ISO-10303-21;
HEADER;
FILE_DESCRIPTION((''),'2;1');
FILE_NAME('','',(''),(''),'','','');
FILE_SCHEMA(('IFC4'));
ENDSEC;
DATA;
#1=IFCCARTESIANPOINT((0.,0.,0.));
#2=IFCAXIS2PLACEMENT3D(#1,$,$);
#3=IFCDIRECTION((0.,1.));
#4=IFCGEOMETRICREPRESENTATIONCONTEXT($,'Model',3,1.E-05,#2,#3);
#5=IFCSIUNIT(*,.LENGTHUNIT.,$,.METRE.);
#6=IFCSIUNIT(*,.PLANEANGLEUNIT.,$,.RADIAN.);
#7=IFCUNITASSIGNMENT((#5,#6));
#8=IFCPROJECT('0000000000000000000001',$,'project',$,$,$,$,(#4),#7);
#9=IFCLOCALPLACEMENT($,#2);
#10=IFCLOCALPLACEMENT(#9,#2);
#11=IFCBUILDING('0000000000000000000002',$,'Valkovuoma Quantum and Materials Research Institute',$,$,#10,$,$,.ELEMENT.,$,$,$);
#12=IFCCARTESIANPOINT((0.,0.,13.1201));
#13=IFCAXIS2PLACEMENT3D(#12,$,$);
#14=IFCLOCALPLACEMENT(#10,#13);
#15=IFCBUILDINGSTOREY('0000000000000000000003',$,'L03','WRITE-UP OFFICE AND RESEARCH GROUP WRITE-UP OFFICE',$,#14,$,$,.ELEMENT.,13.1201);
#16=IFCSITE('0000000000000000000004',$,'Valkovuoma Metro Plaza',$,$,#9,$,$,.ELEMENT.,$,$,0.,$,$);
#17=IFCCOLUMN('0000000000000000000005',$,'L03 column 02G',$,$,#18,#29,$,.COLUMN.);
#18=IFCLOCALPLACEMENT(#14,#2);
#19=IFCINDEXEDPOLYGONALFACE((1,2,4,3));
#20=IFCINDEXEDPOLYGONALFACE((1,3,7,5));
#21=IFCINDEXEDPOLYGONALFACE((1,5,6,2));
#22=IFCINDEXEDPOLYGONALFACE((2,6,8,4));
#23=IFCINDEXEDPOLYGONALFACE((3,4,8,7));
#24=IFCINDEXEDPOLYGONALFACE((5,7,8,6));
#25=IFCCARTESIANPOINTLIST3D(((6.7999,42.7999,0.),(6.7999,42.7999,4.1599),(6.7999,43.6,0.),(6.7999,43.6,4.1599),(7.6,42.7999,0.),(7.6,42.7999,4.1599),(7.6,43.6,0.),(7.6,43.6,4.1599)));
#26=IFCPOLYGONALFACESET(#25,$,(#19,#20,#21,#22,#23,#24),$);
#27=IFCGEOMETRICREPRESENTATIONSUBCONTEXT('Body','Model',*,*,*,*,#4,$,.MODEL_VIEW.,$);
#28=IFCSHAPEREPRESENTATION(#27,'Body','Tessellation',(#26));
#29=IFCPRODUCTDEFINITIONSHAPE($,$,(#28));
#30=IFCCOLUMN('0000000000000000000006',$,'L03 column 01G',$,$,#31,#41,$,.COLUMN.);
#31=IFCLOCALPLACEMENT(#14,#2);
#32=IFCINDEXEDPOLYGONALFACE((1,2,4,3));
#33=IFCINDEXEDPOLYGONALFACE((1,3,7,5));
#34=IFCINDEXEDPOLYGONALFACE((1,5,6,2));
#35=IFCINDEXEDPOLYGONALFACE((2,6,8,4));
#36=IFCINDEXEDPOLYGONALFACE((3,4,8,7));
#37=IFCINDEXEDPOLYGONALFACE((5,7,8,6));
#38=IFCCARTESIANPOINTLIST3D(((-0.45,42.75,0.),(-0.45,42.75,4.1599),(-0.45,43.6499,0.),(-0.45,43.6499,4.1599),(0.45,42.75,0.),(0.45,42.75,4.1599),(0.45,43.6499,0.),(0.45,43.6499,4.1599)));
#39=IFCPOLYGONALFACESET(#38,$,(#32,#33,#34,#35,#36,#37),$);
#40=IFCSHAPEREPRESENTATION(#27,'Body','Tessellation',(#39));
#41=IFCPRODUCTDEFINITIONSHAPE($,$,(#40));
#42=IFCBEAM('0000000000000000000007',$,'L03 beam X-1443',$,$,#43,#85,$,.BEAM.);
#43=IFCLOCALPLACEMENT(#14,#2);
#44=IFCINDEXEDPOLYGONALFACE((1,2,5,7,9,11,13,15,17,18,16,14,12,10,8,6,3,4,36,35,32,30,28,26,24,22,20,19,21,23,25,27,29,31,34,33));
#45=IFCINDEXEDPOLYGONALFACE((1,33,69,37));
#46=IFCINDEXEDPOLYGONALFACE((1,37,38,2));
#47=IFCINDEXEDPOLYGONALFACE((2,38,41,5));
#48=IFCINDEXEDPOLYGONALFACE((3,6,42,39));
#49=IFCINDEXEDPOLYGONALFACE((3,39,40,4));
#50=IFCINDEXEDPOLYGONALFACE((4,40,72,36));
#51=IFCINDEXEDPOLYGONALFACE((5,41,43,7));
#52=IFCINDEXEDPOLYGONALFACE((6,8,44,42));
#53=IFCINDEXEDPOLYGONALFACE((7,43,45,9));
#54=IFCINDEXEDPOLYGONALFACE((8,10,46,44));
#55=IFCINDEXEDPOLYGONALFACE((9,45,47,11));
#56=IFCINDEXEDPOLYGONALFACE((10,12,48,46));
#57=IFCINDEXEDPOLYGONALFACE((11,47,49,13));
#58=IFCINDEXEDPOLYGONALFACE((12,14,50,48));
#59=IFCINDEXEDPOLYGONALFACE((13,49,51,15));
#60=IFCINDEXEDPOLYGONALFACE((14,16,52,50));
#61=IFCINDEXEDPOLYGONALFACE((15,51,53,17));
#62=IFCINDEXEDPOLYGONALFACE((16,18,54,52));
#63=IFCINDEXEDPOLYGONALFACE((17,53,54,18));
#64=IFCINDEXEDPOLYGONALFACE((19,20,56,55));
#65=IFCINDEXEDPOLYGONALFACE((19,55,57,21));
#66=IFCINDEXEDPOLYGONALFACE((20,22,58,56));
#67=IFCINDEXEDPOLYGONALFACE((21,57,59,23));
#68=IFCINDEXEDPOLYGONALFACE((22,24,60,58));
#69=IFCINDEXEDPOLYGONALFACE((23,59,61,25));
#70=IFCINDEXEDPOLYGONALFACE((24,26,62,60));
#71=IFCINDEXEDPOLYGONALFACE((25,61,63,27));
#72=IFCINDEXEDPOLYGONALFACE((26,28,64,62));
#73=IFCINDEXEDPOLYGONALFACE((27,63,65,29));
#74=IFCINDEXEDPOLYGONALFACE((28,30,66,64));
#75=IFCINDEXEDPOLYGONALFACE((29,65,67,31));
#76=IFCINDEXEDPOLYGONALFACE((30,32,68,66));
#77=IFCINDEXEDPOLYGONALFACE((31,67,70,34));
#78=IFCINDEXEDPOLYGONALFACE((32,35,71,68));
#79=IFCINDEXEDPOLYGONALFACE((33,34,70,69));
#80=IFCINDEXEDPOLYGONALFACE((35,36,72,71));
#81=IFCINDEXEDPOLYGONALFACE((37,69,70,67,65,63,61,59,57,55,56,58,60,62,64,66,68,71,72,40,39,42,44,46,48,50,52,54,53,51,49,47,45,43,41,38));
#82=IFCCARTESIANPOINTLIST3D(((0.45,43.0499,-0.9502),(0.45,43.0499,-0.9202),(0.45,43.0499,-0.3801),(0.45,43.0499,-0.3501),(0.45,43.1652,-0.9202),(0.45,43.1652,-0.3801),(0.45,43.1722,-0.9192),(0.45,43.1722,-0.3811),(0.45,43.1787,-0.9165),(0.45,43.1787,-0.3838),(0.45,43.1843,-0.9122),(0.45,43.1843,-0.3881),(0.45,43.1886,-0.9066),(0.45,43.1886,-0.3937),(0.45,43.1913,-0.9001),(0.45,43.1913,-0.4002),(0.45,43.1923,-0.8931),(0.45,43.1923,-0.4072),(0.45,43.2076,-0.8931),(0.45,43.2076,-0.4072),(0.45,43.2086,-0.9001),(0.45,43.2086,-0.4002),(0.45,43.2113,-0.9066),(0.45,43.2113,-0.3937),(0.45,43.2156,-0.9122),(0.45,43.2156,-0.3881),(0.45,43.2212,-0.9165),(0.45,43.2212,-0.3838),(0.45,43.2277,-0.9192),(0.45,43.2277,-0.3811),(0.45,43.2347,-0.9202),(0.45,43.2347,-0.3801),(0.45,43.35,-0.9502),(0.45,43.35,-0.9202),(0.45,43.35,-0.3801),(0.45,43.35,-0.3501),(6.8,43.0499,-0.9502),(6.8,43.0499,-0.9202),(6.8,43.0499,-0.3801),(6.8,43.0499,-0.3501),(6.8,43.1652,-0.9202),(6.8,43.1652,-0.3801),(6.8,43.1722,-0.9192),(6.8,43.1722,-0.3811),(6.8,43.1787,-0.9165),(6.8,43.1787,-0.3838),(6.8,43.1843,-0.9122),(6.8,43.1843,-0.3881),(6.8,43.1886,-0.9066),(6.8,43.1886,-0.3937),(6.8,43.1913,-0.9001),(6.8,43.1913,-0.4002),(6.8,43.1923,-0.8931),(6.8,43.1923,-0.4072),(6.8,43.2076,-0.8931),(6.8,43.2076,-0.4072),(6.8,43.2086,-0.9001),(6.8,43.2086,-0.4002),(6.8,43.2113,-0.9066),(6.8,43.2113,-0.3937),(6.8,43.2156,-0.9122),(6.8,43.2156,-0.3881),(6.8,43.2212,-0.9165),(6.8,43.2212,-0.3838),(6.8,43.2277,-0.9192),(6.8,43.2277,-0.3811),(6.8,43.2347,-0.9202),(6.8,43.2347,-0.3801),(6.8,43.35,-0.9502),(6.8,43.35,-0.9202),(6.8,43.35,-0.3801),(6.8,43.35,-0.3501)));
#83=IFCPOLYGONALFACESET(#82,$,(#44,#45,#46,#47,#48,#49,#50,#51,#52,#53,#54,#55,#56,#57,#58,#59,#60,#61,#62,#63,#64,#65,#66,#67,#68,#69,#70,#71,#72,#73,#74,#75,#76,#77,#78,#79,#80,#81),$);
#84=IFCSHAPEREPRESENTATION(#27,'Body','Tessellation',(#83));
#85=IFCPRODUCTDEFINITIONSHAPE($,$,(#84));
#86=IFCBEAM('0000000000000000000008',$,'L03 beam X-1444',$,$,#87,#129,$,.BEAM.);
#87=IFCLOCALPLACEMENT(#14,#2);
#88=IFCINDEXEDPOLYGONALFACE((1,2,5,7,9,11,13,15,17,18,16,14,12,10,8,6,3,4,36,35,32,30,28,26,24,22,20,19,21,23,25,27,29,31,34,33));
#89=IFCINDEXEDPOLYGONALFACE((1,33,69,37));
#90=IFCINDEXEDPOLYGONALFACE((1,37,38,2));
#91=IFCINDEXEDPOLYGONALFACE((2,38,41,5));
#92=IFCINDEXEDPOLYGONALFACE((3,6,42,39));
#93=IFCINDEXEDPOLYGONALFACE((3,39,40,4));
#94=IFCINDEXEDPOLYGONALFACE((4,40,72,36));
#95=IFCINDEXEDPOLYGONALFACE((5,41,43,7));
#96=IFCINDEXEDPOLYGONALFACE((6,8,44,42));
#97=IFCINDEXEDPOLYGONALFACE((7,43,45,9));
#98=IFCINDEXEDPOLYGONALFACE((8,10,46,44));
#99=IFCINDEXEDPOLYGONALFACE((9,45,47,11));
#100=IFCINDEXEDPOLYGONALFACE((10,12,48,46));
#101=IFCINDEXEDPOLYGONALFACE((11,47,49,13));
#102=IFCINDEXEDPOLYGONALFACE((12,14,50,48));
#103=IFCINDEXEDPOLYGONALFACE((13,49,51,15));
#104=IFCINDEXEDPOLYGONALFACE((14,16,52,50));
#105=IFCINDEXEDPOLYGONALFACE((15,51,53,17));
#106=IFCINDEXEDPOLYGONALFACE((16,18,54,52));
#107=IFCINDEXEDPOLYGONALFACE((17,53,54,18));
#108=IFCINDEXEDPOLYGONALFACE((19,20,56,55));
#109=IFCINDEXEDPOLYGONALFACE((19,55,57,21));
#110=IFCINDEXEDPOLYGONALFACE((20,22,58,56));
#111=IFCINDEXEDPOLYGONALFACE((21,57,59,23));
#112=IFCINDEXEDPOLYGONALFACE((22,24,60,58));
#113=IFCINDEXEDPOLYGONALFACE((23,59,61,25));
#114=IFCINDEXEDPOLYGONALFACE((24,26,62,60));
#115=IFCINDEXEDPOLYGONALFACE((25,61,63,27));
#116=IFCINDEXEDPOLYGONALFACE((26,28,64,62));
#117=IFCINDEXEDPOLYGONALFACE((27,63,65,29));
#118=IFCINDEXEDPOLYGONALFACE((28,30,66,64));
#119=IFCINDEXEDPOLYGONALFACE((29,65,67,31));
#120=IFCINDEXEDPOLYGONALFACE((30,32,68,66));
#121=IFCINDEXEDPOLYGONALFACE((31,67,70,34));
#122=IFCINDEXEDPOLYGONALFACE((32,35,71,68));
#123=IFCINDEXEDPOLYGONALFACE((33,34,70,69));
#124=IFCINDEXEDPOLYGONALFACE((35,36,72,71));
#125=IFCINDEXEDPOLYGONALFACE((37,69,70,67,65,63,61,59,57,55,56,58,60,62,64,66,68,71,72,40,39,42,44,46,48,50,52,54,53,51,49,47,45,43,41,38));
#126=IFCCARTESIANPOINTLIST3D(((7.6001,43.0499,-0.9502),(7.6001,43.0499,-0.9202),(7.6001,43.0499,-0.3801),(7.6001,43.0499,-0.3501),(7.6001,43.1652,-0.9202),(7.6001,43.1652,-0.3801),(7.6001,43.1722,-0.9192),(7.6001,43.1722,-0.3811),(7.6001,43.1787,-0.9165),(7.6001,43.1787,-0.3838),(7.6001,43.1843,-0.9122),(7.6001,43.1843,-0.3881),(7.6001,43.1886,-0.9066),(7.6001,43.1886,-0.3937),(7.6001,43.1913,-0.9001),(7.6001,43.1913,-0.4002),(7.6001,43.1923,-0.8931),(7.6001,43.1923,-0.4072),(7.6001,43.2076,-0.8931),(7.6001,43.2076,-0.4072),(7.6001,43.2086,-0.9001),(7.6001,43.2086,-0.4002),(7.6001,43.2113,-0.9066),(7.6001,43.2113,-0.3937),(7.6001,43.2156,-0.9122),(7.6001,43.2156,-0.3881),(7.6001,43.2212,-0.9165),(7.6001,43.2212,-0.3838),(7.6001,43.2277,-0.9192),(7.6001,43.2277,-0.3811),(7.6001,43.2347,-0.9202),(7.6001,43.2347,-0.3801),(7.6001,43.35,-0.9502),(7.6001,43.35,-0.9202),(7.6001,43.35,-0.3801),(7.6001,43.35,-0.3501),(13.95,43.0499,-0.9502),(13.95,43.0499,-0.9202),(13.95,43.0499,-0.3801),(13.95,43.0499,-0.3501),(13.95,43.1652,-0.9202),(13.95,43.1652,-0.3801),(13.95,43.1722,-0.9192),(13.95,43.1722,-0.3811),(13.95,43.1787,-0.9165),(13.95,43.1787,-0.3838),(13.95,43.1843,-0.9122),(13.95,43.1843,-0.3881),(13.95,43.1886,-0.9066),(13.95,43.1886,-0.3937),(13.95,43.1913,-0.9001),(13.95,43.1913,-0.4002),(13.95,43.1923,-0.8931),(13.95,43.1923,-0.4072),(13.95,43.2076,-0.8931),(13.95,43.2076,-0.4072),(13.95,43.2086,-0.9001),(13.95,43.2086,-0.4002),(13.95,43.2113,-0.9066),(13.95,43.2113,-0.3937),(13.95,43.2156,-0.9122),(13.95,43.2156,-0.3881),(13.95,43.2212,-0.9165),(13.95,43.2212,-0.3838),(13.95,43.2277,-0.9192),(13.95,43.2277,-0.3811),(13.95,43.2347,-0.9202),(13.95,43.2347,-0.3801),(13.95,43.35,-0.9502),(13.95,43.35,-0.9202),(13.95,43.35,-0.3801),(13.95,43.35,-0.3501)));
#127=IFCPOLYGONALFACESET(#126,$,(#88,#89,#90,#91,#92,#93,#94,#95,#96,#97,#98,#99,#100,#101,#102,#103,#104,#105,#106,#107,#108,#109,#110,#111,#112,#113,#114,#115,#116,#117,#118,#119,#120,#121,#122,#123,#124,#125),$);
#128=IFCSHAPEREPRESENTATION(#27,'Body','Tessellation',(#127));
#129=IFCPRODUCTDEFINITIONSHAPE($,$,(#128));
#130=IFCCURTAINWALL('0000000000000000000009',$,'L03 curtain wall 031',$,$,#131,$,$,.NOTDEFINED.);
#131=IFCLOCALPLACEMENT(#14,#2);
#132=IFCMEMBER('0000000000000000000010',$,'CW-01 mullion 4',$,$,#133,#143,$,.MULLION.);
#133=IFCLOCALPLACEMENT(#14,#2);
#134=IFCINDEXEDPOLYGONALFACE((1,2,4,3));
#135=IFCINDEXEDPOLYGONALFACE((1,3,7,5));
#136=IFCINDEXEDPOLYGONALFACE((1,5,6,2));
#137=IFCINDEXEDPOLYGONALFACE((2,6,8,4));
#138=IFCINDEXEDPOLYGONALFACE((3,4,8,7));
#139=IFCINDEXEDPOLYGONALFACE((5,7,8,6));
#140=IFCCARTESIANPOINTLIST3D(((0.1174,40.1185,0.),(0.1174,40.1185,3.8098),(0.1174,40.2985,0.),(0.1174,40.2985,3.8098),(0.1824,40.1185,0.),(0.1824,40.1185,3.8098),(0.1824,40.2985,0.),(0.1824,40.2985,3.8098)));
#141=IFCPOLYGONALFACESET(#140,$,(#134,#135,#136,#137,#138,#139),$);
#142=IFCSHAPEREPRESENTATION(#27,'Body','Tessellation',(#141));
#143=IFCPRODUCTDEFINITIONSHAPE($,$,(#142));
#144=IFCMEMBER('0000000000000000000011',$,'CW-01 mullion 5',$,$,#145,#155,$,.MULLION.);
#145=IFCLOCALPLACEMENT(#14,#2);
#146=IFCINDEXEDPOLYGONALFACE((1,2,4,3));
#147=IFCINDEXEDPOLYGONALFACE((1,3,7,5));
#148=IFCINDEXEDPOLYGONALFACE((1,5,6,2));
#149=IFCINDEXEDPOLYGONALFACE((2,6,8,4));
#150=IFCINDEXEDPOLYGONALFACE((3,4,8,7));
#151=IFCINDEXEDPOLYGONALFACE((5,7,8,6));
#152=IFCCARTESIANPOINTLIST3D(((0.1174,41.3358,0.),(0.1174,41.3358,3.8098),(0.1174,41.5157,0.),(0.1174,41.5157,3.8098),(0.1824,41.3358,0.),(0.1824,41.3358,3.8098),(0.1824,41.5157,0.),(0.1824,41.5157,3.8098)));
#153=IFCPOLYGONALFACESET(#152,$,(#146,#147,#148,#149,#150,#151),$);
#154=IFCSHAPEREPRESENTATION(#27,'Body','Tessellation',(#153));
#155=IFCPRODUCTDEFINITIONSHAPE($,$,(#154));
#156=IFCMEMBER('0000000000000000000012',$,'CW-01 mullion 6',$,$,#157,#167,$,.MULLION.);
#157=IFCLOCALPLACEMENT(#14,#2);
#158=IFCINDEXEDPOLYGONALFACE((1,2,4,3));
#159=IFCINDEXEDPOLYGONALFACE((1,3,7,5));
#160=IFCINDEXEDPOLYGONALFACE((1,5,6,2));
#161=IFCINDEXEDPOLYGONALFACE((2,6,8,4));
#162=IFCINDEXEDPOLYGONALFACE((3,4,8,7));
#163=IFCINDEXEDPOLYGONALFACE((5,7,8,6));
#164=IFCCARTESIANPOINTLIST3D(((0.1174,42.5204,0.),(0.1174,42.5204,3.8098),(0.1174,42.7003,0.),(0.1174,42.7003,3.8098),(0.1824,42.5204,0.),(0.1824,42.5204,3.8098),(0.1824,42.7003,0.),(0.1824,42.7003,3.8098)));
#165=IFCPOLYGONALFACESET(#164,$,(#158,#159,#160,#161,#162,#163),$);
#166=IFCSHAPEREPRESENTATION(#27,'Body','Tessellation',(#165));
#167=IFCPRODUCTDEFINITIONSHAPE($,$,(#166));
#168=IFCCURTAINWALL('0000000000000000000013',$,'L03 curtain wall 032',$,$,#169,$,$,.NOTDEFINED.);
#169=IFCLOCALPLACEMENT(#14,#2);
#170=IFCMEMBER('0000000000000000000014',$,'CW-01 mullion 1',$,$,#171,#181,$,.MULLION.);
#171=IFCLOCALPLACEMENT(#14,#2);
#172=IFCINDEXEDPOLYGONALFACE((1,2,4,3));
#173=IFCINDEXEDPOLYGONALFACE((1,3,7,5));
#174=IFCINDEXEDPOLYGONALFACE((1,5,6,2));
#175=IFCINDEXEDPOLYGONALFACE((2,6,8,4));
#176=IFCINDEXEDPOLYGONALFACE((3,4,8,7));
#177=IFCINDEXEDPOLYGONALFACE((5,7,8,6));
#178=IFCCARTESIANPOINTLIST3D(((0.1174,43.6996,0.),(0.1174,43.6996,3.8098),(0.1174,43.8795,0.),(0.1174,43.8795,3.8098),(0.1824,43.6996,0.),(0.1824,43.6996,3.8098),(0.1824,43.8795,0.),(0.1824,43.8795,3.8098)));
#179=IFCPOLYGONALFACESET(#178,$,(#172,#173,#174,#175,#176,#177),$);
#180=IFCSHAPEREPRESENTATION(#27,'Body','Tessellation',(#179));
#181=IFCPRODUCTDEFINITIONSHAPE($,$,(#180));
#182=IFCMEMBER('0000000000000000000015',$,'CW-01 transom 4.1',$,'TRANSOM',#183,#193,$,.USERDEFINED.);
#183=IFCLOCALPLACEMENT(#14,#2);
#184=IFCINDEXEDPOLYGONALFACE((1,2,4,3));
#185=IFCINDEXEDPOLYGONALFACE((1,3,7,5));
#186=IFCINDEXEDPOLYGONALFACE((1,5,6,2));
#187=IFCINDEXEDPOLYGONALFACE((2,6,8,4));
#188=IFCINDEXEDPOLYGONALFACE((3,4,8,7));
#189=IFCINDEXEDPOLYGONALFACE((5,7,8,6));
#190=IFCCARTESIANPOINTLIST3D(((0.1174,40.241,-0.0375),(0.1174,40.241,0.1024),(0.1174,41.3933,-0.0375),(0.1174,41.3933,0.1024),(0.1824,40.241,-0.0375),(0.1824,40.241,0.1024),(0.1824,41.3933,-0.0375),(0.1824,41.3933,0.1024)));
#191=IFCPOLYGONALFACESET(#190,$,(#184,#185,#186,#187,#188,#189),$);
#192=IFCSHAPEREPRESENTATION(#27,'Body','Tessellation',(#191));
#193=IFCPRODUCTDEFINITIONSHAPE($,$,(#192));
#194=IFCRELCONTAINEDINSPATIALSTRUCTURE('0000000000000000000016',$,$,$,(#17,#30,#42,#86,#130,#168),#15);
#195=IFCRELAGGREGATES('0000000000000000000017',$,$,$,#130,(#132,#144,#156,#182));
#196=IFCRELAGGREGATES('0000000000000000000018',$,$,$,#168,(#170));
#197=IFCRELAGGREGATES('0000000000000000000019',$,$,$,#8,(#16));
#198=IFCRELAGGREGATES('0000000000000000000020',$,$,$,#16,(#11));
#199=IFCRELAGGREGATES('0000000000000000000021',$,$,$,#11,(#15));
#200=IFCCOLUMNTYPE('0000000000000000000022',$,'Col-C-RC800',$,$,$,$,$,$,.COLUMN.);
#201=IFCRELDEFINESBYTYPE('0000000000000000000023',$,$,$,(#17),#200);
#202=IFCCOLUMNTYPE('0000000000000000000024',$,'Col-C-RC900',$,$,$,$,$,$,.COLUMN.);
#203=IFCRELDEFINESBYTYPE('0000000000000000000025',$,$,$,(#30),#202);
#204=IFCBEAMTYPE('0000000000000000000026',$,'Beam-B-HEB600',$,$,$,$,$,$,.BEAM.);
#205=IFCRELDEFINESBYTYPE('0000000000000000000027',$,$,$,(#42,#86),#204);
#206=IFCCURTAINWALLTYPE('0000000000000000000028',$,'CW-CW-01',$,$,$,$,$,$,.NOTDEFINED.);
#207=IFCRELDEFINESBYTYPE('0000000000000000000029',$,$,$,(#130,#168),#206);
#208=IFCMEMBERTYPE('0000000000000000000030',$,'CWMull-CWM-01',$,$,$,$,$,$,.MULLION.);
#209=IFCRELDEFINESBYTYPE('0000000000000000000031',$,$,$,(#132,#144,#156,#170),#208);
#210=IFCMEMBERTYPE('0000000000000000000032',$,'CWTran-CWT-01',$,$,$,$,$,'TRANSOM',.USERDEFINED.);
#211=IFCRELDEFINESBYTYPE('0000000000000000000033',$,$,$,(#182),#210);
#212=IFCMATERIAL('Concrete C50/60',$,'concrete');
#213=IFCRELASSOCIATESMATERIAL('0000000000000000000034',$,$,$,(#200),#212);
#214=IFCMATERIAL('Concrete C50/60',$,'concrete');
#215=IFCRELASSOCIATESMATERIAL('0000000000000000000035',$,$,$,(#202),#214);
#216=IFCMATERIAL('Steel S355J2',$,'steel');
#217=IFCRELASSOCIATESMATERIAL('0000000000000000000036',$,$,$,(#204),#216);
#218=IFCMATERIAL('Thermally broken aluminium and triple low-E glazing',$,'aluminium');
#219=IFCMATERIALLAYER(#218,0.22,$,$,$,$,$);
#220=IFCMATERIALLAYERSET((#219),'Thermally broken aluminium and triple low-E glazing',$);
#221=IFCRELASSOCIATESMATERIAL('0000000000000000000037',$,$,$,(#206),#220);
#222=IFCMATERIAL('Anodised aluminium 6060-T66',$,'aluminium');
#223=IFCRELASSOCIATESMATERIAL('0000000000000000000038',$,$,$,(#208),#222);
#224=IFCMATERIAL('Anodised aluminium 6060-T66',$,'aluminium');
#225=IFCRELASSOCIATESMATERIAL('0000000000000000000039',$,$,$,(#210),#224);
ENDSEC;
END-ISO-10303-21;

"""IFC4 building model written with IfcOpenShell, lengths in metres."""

from ifc_helpers import new_model, si_unit, direction, frame, origin, origin_2d, place, context, subcontext, project, spatial, rectangle, i_section, extrude, material, layer, layer_set, material_profile, profile_set, type_object, element, aggregate, save


model = new_model("IFC4")

# Units and contexts
model_context = context("Model", 3, precision=1e-05, world=origin(), true_north=direction((0.0, 1.0)))
body_context = subcontext(model_context, "Body", "Model", "MODEL_VIEW")
ifc_project = project(units=[si_unit("LENGTHUNIT", "METRE"), si_unit("PLANEANGLEUNIT", "RADIAN")], contexts=[model_context])

# Site, building, storey
site_placement = place(None, origin())
site = spatial("IfcSite", under=ifc_project, at=site_placement, Name="Valkovuoma Metro Plaza", CompositionType="ELEMENT", RefElevation=0.0)
building_placement = place(site_placement, origin())
building = spatial("IfcBuilding", under=site, at=building_placement, Name="Valkovuoma Quantum and Materials Research Institute", CompositionType="ELEMENT")
storey_placement = place(building_placement, frame((0.0, 0.0, 13.1201)))
storey = spatial("IfcBuildingStorey", under=building, at=storey_placement, Name="L03", Description="WRITE-UP OFFICE AND RESEARCH GROUP WRITE-UP OFFICE", CompositionType="ELEMENT", Elevation=13.1201)

# Columns
ifc_material_1 = material(Name="Concrete C50/60", Category="concrete")
ifc_material_profile_1 = material_profile(ifc_material_1, rectangle(XDim=0.8, YDim=0.8, at=origin_2d()), Name="Concrete C50/60")
ifc_profile_set_1 = profile_set([ifc_material_profile_1], Name="Concrete C50/60")
column_type_1 = type_object("IfcColumnType", Name="Col-C-RC800", PredefinedType="COLUMN", material=ifc_profile_set_1)
column_1_placement = place(storey_placement, frame((7.2, 43.2, 0.0), z_axis=(0.0, 0.0, 1.0), x_axis=(1.0, 0.0, 0.0)))
element("IfcColumn", 1, at=column_1_placement, inside=storey, type_object=column_type_1, Name="L03 column 02G", PredefinedType="COLUMN", context=body_context, shape_type="SweptSolid", body=[
    extrude(rectangle(XDim=0.8, YDim=0.8, at=origin_2d()), origin(), (0.0, 0.0, 1.0), 4.1599),
])
ifc_material_2 = material(Name="Concrete C50/60", Category="concrete")
ifc_material_profile_2 = material_profile(ifc_material_2, rectangle(XDim=0.8999, YDim=0.8999, at=origin_2d()), Name="Concrete C50/60")
ifc_profile_set_2 = profile_set([ifc_material_profile_2], Name="Concrete C50/60")
column_type_2 = type_object("IfcColumnType", Name="Col-C-RC900", PredefinedType="COLUMN", material=ifc_profile_set_2)
column_2_placement = place(storey_placement, frame((0.0, 43.2, 0.0), z_axis=(0.0, 0.0, 1.0), x_axis=(1.0, 0.0, 0.0)))
element("IfcColumn", 2, at=column_2_placement, inside=storey, type_object=column_type_2, Name="L03 column 01G", PredefinedType="COLUMN", context=body_context, shape_type="SweptSolid", body=[
    extrude(rectangle(XDim=0.8999, YDim=0.8999, at=origin_2d()), origin(), (0.0, 0.0, 1.0), 4.1599),
])

# Beams
ifc_material_3 = material(Name="Steel S355J2", Category="steel")
ifc_material_profile_3 = material_profile(ifc_material_3, i_section(OverallWidth=0.3, OverallDepth=0.6001, WebThickness=0.0154, FlangeThickness=0.03, FilletRadius=0.0271, at=origin_2d()), Name="Steel S355J2")
ifc_profile_set_3 = profile_set([ifc_material_profile_3], Name="Steel S355J2")
beam_type = type_object("IfcBeamType", Name="Beam-B-HEB600", PredefinedType="BEAM", material=ifc_profile_set_3)
beam_1_placement = place(storey_placement, frame((0.45, 43.2, -0.6501), z_axis=(1.0, 0.0, 0.0), x_axis=(0.0, 1.0, 0.0)))
element("IfcBeam", 3, at=beam_1_placement, inside=storey, type_object=beam_type, Name="L03 beam X-1443", PredefinedType="BEAM", context=body_context, shape_type="SweptSolid", body=[
    extrude(i_section(OverallWidth=0.3, OverallDepth=0.6001, WebThickness=0.0154, FlangeThickness=0.03, FilletRadius=0.0271, at=origin_2d()), origin(), (0.0, 0.0, 1.0), 6.3501),
])
beam_2_placement = place(storey_placement, frame((7.6001, 43.2, -0.6501), z_axis=(1.0, 0.0, 0.0), x_axis=(0.0, 1.0, 0.0)))
element("IfcBeam", 4, at=beam_2_placement, inside=storey, type_object=beam_type, Name="L03 beam X-1444", PredefinedType="BEAM", context=body_context, shape_type="SweptSolid", body=[
    extrude(i_section(OverallWidth=0.3, OverallDepth=0.6001, WebThickness=0.0154, FlangeThickness=0.03, FilletRadius=0.0271, at=origin_2d()), origin(), (0.0, 0.0, 1.0), 6.3499),
])

# Curtain wall, members
ifc_material_4 = material(Name="Thermally broken aluminium and triple low-E glazing", Category="aluminium")
ifc_layer_1 = layer(ifc_material_4, 0.22)
ifc_layer_set_1 = layer_set([ifc_layer_1], Name="Thermally broken aluminium and triple low-E glazing")
curtain_wall_type = type_object("IfcCurtainWallType", Name="CW-CW-01", PredefinedType="NOTDEFINED", material=ifc_layer_set_1)
curtain_wall_1_placement = place(storey_placement, origin())
curtain_wall_1 = element("IfcCurtainWall", 5, at=curtain_wall_1_placement, inside=storey, type_object=curtain_wall_type, Name="L03 curtain wall 031", PredefinedType="NOTDEFINED")
ifc_material_5 = material(Name="Anodised aluminium 6060-T66", Category="aluminium")
ifc_material_profile_4 = material_profile(ifc_material_5, rectangle(XDim=0.0649, YDim=0.1799, at=origin_2d()), Name="Anodised aluminium 6060-T66")
ifc_profile_set_4 = profile_set([ifc_material_profile_4], Name="Anodised aluminium 6060-T66")
member_type_1 = type_object("IfcMemberType", Name="CWMull-CWM-01", PredefinedType="MULLION", material=ifc_profile_set_4)
member_1_placement = place(storey_placement, frame((0.1499, 40.2085, 0.0), z_axis=(0.0, 0.0, 1.0), x_axis=(-1.0, 0.0, 0.0)))
member_1 = element("IfcMember", 6, at=member_1_placement, type_object=member_type_1, Name="CW-01 mullion 4", PredefinedType="MULLION", context=body_context, shape_type="SweptSolid", body=[
    extrude(rectangle(XDim=0.0649, YDim=0.1799, at=origin_2d()), origin(), (0.0, 0.0, 1.0), 3.8098),
])
member_2_placement = place(storey_placement, frame((0.1499, 41.4258, 0.0), z_axis=(0.0, 0.0, 1.0), x_axis=(-1.0, 0.0, 0.0)))
member_2 = element("IfcMember", 7, at=member_2_placement, type_object=member_type_1, Name="CW-01 mullion 5", PredefinedType="MULLION", context=body_context, shape_type="SweptSolid", body=[
    extrude(rectangle(XDim=0.0649, YDim=0.1799, at=origin_2d()), origin(), (0.0, 0.0, 1.0), 3.8098),
])
member_3_placement = place(storey_placement, frame((0.1499, 42.6104, 0.0), z_axis=(0.0, 0.0, 1.0), x_axis=(-1.0, 0.0, 0.0)))
member_3 = element("IfcMember", 8, at=member_3_placement, type_object=member_type_1, Name="CW-01 mullion 6", PredefinedType="MULLION", context=body_context, shape_type="SweptSolid", body=[
    extrude(rectangle(XDim=0.0649, YDim=0.1799, at=origin_2d()), origin(), (0.0, 0.0, 1.0), 3.8098),
])

# Curtain wall, member
curtain_wall_2_placement = place(storey_placement, origin())
curtain_wall_2 = element("IfcCurtainWall", 9, at=curtain_wall_2_placement, inside=storey, type_object=curtain_wall_type, Name="L03 curtain wall 032", PredefinedType="NOTDEFINED")
member_4_placement = place(storey_placement, frame((0.1499, 43.7896, 0.0), z_axis=(0.0, 0.0, 1.0), x_axis=(-1.0, 0.0, 0.0)))
member_4 = element("IfcMember", 10, at=member_4_placement, type_object=member_type_1, Name="CW-01 mullion 1", PredefinedType="MULLION", context=body_context, shape_type="SweptSolid", body=[
    extrude(rectangle(XDim=0.0649, YDim=0.1799, at=origin_2d()), origin(), (0.0, 0.0, 1.0), 3.8098),
])

# Member
ifc_material_6 = material(Name="Anodised aluminium 6060-T66", Category="aluminium")
ifc_material_profile_5 = material_profile(ifc_material_6, rectangle(XDim=0.0649, YDim=0.1399, at=origin_2d()), Name="Anodised aluminium 6060-T66")
ifc_profile_set_5 = profile_set([ifc_material_profile_5], Name="Anodised aluminium 6060-T66")
member_type_2 = type_object("IfcMemberType", Name="CWTran-CWT-01", ElementType="TRANSOM", PredefinedType="USERDEFINED", material=ifc_profile_set_5)
member_5_placement = place(storey_placement, frame((0.1499, 40.241, 0.0325), z_axis=(0.0, 1.0, 0.0), x_axis=(-1.0, 0.0, 0.0)))
member_5 = element("IfcMember", 11, at=member_5_placement, type_object=member_type_2, Name="CW-01 transom 4.1", ObjectType="TRANSOM", PredefinedType="USERDEFINED", context=body_context, shape_type="SweptSolid", body=[
    extrude(rectangle(XDim=0.0649, YDim=0.1399, at=origin_2d()), origin(), (0.0, 0.0, 1.0), 1.1523),
])

aggregate(curtain_wall_1, [member_1, member_2, member_3, member_5])
aggregate(curtain_wall_2, [member_4])

save(model, "model.ifc")
